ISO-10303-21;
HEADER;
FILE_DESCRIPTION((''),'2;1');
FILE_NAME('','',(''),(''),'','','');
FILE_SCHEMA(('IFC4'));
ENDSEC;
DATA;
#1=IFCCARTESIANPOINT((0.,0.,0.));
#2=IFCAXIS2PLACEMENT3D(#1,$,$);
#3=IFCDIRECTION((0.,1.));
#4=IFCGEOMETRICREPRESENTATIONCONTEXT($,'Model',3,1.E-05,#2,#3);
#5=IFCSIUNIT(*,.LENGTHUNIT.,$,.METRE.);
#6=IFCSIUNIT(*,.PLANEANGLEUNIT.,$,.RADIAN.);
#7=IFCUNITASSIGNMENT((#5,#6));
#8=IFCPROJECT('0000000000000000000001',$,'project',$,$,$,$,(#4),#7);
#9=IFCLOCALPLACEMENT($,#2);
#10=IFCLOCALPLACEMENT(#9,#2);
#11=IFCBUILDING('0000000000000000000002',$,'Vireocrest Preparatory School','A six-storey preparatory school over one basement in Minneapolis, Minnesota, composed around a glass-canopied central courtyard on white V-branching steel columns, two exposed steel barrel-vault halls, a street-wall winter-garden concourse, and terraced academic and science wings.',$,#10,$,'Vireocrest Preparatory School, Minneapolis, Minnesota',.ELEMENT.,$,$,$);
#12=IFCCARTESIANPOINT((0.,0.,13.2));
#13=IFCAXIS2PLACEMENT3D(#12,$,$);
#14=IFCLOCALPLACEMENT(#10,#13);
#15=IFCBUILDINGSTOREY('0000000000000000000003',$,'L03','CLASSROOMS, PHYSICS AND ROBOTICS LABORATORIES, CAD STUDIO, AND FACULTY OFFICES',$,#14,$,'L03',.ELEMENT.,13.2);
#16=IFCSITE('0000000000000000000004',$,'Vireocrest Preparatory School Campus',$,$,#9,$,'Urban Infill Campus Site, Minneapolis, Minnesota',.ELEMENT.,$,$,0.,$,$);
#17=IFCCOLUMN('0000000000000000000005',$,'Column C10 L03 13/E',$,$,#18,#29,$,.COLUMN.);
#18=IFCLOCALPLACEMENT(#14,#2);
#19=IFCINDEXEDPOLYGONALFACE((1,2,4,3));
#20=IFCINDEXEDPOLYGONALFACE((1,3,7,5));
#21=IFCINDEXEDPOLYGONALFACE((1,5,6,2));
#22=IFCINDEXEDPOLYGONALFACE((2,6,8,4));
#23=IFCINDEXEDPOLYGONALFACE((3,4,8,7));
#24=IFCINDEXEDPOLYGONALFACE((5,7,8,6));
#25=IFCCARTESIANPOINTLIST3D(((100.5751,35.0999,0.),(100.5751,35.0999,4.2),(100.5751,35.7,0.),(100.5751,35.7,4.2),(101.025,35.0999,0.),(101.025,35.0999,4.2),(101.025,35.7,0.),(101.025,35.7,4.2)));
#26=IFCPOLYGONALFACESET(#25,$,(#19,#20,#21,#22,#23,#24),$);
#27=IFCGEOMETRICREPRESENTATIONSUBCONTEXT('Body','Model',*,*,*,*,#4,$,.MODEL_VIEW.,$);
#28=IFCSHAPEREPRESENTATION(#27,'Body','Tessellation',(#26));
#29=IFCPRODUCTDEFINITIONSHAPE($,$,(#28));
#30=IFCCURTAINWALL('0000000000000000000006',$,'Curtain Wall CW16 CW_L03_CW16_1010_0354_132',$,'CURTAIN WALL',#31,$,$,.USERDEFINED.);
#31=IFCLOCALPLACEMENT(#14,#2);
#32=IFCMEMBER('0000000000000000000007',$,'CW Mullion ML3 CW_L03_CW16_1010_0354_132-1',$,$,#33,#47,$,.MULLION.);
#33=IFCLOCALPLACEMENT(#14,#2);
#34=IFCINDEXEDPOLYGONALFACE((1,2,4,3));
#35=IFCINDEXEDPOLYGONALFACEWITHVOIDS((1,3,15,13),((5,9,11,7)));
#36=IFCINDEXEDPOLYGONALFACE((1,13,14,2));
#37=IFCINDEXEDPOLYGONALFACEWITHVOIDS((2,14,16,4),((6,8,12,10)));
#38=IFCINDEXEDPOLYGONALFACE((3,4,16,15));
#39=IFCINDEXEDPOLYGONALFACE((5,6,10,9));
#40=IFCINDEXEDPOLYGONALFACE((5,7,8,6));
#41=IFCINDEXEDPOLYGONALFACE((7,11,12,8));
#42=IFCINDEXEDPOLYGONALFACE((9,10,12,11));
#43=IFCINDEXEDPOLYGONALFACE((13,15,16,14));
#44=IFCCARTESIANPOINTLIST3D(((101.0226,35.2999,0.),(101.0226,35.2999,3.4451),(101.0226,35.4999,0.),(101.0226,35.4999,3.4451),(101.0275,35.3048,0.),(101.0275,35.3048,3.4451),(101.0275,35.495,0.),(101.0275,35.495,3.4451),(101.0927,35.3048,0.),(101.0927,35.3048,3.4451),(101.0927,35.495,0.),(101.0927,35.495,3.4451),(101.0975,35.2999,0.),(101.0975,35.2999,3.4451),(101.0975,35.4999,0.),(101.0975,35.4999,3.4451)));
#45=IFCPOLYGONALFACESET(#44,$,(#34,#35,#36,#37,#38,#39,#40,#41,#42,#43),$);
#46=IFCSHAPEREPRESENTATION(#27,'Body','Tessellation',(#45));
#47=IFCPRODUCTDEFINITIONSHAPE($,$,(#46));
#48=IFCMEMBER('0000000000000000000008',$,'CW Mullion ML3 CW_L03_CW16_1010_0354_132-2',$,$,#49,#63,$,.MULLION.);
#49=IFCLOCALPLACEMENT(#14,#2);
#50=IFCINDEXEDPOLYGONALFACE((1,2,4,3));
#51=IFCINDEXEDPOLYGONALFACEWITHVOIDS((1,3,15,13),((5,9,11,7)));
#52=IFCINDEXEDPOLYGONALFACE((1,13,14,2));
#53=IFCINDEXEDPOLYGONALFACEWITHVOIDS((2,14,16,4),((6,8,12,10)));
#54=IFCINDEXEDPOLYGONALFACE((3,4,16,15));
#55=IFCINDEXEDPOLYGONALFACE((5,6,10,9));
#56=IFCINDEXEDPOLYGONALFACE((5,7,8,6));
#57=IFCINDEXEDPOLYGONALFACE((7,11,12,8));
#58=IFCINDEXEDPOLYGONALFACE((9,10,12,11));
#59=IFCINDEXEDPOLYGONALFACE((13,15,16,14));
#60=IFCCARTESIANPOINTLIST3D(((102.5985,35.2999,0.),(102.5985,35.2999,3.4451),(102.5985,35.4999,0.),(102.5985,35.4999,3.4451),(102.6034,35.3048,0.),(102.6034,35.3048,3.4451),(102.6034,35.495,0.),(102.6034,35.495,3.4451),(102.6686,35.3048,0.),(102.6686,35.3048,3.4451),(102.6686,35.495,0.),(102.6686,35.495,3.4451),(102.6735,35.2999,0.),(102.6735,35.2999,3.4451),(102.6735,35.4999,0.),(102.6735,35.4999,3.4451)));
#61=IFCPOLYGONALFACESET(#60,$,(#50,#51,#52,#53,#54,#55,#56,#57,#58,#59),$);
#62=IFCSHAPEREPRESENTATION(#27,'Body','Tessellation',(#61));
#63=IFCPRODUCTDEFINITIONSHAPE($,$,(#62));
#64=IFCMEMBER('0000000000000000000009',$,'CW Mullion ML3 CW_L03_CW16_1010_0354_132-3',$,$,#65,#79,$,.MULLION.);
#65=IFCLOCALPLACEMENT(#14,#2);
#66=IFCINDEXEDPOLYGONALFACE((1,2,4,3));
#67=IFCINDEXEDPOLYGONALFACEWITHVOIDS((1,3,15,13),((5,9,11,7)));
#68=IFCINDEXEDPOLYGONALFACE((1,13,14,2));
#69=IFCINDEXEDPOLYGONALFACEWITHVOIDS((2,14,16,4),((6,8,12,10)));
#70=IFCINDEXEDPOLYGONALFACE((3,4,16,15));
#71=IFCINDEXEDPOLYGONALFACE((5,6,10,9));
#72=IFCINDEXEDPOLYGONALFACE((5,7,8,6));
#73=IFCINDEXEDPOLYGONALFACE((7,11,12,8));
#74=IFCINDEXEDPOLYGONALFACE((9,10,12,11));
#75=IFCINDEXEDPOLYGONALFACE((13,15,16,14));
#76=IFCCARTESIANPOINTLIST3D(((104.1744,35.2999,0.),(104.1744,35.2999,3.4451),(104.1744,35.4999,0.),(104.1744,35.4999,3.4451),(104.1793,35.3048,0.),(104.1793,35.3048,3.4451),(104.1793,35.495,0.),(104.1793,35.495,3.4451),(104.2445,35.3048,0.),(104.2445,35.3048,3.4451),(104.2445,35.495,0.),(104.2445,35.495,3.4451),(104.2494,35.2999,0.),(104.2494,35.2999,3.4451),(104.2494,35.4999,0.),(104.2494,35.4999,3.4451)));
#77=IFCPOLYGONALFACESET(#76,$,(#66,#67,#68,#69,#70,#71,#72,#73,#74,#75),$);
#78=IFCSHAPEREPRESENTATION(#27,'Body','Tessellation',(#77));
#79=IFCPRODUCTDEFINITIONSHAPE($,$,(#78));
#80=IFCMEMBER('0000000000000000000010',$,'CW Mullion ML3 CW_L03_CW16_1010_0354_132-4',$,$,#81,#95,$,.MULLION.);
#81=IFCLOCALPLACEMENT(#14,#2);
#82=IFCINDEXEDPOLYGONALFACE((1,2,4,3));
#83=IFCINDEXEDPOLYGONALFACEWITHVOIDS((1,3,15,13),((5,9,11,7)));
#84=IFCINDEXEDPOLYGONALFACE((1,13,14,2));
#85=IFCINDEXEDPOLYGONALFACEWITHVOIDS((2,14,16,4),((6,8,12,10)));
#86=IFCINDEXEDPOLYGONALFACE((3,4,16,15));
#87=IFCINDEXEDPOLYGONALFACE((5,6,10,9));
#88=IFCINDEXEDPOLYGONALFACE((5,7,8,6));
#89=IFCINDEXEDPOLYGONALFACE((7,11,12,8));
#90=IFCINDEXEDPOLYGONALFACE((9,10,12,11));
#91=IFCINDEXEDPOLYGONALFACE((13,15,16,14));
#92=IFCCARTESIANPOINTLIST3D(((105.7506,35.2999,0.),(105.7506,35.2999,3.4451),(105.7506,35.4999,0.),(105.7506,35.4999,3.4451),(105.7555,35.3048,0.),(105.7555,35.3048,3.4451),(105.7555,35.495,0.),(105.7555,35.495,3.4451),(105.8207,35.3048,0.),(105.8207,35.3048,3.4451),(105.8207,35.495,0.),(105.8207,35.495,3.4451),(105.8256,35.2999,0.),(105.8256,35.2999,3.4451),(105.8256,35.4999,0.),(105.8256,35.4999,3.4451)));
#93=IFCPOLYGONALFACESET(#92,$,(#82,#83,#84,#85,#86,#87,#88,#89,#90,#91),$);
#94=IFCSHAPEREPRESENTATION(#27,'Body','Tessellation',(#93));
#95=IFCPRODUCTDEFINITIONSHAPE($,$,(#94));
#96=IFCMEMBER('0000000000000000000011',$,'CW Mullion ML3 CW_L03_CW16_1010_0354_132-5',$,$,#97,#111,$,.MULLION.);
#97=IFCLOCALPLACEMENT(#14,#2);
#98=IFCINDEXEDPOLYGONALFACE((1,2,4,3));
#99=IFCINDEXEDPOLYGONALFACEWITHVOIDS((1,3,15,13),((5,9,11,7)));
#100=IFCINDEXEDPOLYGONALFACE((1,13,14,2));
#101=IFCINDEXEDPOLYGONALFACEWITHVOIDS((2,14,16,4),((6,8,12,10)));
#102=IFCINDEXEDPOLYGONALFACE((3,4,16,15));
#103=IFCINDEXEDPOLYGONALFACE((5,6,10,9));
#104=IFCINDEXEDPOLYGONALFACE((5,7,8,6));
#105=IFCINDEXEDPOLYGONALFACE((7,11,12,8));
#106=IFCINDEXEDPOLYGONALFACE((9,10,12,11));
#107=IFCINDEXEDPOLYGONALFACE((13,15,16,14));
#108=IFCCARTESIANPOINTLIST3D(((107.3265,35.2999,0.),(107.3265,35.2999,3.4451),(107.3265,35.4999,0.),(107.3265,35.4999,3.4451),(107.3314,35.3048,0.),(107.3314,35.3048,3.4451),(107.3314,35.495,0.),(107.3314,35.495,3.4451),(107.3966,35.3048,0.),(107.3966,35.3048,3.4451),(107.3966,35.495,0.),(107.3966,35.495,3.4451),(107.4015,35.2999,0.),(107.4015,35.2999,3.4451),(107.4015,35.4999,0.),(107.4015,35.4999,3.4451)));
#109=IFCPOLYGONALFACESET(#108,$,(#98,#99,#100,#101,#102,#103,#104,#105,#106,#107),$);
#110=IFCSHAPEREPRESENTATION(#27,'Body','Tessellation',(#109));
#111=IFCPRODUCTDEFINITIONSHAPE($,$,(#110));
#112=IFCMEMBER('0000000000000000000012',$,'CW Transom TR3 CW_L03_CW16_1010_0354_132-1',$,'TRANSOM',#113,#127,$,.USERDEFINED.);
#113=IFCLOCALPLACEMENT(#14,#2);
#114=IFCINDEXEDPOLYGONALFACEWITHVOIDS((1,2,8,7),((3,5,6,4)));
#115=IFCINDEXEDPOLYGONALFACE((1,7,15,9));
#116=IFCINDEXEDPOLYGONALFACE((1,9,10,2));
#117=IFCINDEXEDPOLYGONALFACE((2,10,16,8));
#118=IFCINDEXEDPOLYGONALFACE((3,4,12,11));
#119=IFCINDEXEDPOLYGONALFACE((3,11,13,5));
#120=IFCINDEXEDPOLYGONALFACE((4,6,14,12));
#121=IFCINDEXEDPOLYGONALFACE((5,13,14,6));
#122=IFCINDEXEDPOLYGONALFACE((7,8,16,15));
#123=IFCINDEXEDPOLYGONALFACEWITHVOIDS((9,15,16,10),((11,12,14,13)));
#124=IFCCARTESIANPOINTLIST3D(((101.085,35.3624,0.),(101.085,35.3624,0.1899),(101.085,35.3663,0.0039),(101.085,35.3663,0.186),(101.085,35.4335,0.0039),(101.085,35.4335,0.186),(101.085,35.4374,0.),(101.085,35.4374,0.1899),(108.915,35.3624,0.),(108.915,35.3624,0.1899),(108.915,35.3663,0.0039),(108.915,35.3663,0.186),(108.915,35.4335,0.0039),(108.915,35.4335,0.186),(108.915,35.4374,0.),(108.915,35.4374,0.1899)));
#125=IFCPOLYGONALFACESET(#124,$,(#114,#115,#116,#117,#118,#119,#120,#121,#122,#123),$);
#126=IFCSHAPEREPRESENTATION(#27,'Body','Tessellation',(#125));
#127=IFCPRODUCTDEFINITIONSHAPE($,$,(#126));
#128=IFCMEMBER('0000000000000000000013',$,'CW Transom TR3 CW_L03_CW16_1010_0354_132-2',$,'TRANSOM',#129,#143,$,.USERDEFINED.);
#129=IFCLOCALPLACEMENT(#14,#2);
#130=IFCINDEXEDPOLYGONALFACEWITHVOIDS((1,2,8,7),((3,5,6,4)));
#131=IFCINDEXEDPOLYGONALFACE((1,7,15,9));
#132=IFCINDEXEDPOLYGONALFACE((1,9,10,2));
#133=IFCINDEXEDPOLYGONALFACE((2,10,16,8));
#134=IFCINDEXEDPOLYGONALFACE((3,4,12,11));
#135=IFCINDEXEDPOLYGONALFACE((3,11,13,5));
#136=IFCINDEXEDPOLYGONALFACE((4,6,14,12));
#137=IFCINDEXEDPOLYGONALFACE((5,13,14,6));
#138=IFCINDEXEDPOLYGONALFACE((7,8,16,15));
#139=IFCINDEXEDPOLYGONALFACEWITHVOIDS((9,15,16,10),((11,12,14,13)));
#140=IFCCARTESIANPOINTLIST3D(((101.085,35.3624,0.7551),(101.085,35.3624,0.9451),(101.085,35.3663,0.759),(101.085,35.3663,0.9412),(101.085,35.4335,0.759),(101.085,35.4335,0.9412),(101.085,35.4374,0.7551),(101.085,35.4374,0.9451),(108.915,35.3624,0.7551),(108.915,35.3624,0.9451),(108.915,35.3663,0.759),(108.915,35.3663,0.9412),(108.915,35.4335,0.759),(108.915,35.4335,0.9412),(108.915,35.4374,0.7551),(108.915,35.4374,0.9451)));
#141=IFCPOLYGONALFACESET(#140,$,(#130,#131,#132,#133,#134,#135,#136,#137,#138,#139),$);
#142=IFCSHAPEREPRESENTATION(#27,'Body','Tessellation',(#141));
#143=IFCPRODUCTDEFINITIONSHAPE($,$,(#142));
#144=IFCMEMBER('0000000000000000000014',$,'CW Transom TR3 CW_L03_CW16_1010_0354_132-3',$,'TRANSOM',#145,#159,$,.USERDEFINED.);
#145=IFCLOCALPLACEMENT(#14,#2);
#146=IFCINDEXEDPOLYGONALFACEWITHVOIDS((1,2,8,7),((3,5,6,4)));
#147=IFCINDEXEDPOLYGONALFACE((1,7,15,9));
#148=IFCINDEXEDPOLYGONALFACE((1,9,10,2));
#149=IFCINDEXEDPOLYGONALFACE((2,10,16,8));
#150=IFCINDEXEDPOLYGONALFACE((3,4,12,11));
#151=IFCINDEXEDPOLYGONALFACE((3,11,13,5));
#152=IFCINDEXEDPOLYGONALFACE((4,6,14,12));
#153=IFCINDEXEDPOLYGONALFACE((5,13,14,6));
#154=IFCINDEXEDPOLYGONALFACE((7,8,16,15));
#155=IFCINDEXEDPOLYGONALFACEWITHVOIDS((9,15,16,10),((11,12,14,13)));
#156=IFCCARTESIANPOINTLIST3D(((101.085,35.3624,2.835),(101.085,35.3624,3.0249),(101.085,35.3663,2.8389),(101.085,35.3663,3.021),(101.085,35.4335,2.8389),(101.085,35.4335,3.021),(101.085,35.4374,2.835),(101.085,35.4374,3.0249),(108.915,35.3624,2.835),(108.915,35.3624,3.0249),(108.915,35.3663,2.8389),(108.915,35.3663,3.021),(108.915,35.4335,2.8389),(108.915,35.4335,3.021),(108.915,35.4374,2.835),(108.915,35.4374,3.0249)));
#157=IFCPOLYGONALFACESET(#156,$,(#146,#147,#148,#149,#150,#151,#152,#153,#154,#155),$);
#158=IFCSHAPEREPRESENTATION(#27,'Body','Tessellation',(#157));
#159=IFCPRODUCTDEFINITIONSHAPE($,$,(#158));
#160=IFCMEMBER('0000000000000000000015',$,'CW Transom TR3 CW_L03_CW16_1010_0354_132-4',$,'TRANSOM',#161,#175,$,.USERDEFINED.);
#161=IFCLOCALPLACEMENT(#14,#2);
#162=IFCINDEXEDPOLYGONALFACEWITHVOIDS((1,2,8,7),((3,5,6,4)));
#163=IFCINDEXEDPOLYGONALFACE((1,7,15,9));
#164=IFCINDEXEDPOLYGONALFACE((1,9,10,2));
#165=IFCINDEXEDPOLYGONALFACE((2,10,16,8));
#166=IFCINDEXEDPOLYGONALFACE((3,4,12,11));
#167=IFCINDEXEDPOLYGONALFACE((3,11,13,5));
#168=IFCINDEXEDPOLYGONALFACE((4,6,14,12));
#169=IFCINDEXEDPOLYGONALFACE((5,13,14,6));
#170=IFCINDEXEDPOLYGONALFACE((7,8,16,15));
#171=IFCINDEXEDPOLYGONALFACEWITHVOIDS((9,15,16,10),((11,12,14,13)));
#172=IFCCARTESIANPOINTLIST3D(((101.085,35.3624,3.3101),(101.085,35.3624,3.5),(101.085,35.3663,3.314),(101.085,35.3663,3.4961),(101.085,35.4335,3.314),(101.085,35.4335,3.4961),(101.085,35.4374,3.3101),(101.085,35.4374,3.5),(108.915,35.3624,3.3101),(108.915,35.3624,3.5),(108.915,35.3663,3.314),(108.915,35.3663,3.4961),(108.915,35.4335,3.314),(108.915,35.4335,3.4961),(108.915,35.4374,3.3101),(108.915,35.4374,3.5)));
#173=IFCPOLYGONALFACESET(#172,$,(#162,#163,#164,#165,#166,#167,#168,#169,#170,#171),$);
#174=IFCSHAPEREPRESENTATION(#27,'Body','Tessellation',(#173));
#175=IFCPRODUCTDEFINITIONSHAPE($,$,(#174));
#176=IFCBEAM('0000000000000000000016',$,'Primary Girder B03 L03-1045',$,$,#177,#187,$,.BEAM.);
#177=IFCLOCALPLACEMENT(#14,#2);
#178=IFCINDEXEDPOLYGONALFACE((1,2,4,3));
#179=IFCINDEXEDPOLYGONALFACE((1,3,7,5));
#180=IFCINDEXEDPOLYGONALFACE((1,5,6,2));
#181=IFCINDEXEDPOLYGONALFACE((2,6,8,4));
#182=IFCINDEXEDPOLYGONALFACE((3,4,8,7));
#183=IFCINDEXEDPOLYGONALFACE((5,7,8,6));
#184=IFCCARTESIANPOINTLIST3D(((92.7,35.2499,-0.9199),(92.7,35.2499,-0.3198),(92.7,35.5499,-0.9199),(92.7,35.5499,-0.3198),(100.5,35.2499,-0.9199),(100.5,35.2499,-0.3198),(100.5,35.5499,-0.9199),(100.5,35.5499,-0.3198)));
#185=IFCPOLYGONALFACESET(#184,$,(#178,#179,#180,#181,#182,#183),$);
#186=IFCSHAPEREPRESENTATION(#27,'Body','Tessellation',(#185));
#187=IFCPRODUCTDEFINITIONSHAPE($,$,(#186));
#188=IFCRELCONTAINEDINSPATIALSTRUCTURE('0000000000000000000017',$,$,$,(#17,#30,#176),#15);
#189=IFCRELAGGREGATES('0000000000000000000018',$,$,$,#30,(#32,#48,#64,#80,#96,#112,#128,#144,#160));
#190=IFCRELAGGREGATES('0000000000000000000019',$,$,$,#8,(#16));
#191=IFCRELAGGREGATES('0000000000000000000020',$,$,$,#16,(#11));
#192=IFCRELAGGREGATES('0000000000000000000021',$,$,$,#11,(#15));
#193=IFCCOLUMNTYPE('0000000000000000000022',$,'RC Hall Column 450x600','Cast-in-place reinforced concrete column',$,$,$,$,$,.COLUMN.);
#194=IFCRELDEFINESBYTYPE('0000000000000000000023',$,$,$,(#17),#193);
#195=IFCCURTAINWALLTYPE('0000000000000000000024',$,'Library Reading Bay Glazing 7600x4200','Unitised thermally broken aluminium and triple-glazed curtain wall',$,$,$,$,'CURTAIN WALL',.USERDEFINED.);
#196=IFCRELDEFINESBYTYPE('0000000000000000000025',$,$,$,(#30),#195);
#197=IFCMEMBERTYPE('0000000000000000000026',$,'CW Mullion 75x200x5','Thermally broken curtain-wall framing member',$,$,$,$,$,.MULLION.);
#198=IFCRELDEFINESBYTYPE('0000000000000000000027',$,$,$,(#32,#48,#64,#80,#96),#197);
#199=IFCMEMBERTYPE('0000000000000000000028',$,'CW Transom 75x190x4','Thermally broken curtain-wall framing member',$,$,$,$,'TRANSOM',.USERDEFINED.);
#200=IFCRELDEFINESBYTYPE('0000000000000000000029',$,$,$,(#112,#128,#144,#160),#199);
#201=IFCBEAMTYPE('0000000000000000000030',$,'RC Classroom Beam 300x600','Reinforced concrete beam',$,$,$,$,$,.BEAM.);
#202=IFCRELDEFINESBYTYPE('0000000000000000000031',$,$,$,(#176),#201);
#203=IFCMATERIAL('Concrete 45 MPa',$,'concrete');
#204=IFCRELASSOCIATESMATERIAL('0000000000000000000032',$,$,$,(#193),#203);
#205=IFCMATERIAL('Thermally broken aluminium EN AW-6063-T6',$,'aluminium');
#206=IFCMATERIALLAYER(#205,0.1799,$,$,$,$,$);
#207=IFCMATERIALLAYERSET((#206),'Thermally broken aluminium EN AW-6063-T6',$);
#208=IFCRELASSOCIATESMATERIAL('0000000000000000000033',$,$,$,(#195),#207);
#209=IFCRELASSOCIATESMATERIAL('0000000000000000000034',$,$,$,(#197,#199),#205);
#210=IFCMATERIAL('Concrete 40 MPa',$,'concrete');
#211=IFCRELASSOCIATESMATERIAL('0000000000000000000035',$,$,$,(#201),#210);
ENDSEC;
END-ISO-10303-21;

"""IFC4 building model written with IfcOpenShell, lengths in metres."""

from ifc_helpers import new_model, si_unit, direction, frame, origin, origin_2d, place, context, subcontext, project, spatial, rectangle, hollow_rectangle, extrude, material, layer, layer_set, material_profile, profile_set, type_object, element, aggregate, save


model = new_model("IFC4")

# Units and contexts
model_context = context("Model", 3, precision=1e-05, world=origin(), true_north=direction((0.0, 1.0)))
body_context = subcontext(model_context, "Body", "Model", "MODEL_VIEW")
ifc_project = project(units=[si_unit("LENGTHUNIT", "METRE"), si_unit("PLANEANGLEUNIT", "RADIAN")], contexts=[model_context])

# Site, building, storey
site_placement = place(None, origin())
site = spatial("IfcSite", under=ifc_project, at=site_placement, Name="Vireocrest Preparatory School Campus", LongName="Urban Infill Campus Site, Minneapolis, Minnesota", CompositionType="ELEMENT", RefElevation=0.0)
building_placement = place(site_placement, origin())
building = spatial("IfcBuilding", under=site, at=building_placement, Name="Vireocrest Preparatory School", Description="A six-storey preparatory school over one basement in Minneapolis, Minnesota, composed around a glass-canopied central courtyard on white V-branching steel columns, two exposed steel barrel-vault halls, a street-wall winter-garden concourse, and terraced academic and science wings.", LongName="Vireocrest Preparatory School, Minneapolis, Minnesota", CompositionType="ELEMENT")
storey_placement = place(building_placement, frame((0.0, 0.0, 13.2)))
storey = spatial("IfcBuildingStorey", under=building, at=storey_placement, Name="L03", Description="CLASSROOMS, PHYSICS AND ROBOTICS LABORATORIES, CAD STUDIO, AND FACULTY OFFICES", LongName="L03", CompositionType="ELEMENT", Elevation=13.2)

# Column
ifc_material_1 = material(Name="Concrete 45 MPa", Category="concrete")
ifc_material_profile_1 = material_profile(ifc_material_1, rectangle(XDim=0.45, YDim=0.6001, at=origin_2d()), Name="RC 450x600")
ifc_profile_set_1 = profile_set([ifc_material_profile_1], Name="Concrete 45 MPa")
column_type = type_object("IfcColumnType", Name="RC Hall Column 450x600", Description="Cast-in-place reinforced concrete column", PredefinedType="COLUMN", material=ifc_profile_set_1)
column_placement = place(storey_placement, frame((100.8, 35.3999, 0.0), z_axis=(0.0, 0.0, 1.0), x_axis=(1.0, 0.0, 0.0)))
element("IfcColumn", 1, at=column_placement, inside=storey, type_object=column_type, Name="Column C10 L03 13/E", PredefinedType="COLUMN", context=body_context, shape_type="SweptSolid", body=[
    extrude(rectangle(XDim=0.45, YDim=0.6001, at=origin_2d()), origin(), (0.0, 0.0, 1.0), 4.2),
])

# Curtain wall, members
ifc_material_2 = material(Name="Thermally broken aluminium EN AW-6063-T6", Category="aluminium")
ifc_layer_1 = layer(ifc_material_2, 0.1799)
ifc_layer_set_1 = layer_set([ifc_layer_1], Name="Thermally broken aluminium EN AW-6063-T6")
curtain_wall_type = type_object("IfcCurtainWallType", Name="Library Reading Bay Glazing 7600x4200", Description="Unitised thermally broken aluminium and triple-glazed curtain wall", ElementType="CURTAIN WALL", PredefinedType="USERDEFINED", material=ifc_layer_set_1)
curtain_wall_placement = place(storey_placement, origin())
curtain_wall = element("IfcCurtainWall", 2, at=curtain_wall_placement, inside=storey, type_object=curtain_wall_type, Name="Curtain Wall CW16 CW_L03_CW16_1010_0354_132", ObjectType="CURTAIN WALL", PredefinedType="USERDEFINED")
ifc_material_profile_2 = material_profile(ifc_material_2, hollow_rectangle(XDim=0.075, YDim=0.2, WallThickness=0.0049, at=origin_2d()), Name="ALU 75x200x5")
ifc_profile_set_2 = profile_set([ifc_material_profile_2], Name="Thermally broken aluminium EN AW-6063-T6")
member_type_1 = type_object("IfcMemberType", Name="CW Mullion 75x200x5", Description="Thermally broken curtain-wall framing member", PredefinedType="MULLION", material=ifc_profile_set_2)
member_1_placement = place(storey_placement, frame((101.0601, 35.3999, 0.0), z_axis=(0.0, 0.0, 1.0), x_axis=(1.0, 0.0, 0.0)))
member_1 = element("IfcMember", 3, at=member_1_placement, type_object=member_type_1, Name="CW Mullion ML3 CW_L03_CW16_1010_0354_132-1", PredefinedType="MULLION", context=body_context, shape_type="SweptSolid", body=[
    extrude(hollow_rectangle(XDim=0.075, YDim=0.2, WallThickness=0.0049, at=origin_2d()), origin(), (0.0, 0.0, 1.0), 3.4451),
])
member_2_placement = place(storey_placement, frame((102.636, 35.3999, 0.0), z_axis=(0.0, 0.0, 1.0), x_axis=(1.0, 0.0, 0.0)))
member_2 = element("IfcMember", 4, at=member_2_placement, type_object=member_type_1, Name="CW Mullion ML3 CW_L03_CW16_1010_0354_132-2", PredefinedType="MULLION", context=body_context, shape_type="SweptSolid", body=[
    extrude(hollow_rectangle(XDim=0.075, YDim=0.2, WallThickness=0.0049, at=origin_2d()), origin(), (0.0, 0.0, 1.0), 3.4451),
])
member_3_placement = place(storey_placement, frame((104.2119, 35.3999, 0.0), z_axis=(0.0, 0.0, 1.0), x_axis=(1.0, 0.0, 0.0)))
member_3 = element("IfcMember", 5, at=member_3_placement, type_object=member_type_1, Name="CW Mullion ML3 CW_L03_CW16_1010_0354_132-3", PredefinedType="MULLION", context=body_context, shape_type="SweptSolid", body=[
    extrude(hollow_rectangle(XDim=0.075, YDim=0.2, WallThickness=0.0049, at=origin_2d()), origin(), (0.0, 0.0, 1.0), 3.4451),
])
member_4_placement = place(storey_placement, frame((105.7881, 35.3999, 0.0), z_axis=(0.0, 0.0, 1.0), x_axis=(1.0, 0.0, 0.0)))
member_4 = element("IfcMember", 6, at=member_4_placement, type_object=member_type_1, Name="CW Mullion ML3 CW_L03_CW16_1010_0354_132-4", PredefinedType="MULLION", context=body_context, shape_type="SweptSolid", body=[
    extrude(hollow_rectangle(XDim=0.075, YDim=0.2, WallThickness=0.0049, at=origin_2d()), origin(), (0.0, 0.0, 1.0), 3.4451),
])
member_5_placement = place(storey_placement, frame((107.364, 35.3999, 0.0), z_axis=(0.0, 0.0, 1.0), x_axis=(1.0, 0.0, 0.0)))
member_5 = element("IfcMember", 7, at=member_5_placement, type_object=member_type_1, Name="CW Mullion ML3 CW_L03_CW16_1010_0354_132-5", PredefinedType="MULLION", context=body_context, shape_type="SweptSolid", body=[
    extrude(hollow_rectangle(XDim=0.075, YDim=0.2, WallThickness=0.0049, at=origin_2d()), origin(), (0.0, 0.0, 1.0), 3.4451),
])
ifc_material_profile_3 = material_profile(ifc_material_2, hollow_rectangle(XDim=0.075, YDim=0.1899, WallThickness=0.0039, at=origin_2d()), Name="ALU 75x190x4")
ifc_profile_set_3 = profile_set([ifc_material_profile_3], Name="Thermally broken aluminium EN AW-6063-T6")
member_type_2 = type_object("IfcMemberType", Name="CW Transom 75x190x4", Description="Thermally broken curtain-wall framing member", ElementType="TRANSOM", PredefinedType="USERDEFINED", material=ifc_profile_set_3)
member_6_placement = place(storey_placement, frame((101.085, 35.3999, 0.095), z_axis=(1.0, 0.0, 0.0), x_axis=(0.0, 1.0, 0.0)))
member_6 = element("IfcMember", 8, at=member_6_placement, type_object=member_type_2, Name="CW Transom TR3 CW_L03_CW16_1010_0354_132-1", ObjectType="TRANSOM", PredefinedType="USERDEFINED", context=body_context, shape_type="SweptSolid", body=[
    extrude(hollow_rectangle(XDim=0.075, YDim=0.1899, WallThickness=0.0039, at=origin_2d()), origin(), (0.0, 0.0, 1.0), 7.8301),
])
member_7_placement = place(storey_placement, frame((101.085, 35.3999, 0.8501), z_axis=(1.0, 0.0, 0.0), x_axis=(0.0, 1.0, 0.0)))
member_7 = element("IfcMember", 9, at=member_7_placement, type_object=member_type_2, Name="CW Transom TR3 CW_L03_CW16_1010_0354_132-2", ObjectType="TRANSOM", PredefinedType="USERDEFINED", context=body_context, shape_type="SweptSolid", body=[
    extrude(hollow_rectangle(XDim=0.075, YDim=0.1899, WallThickness=0.0039, at=origin_2d()), origin(), (0.0, 0.0, 1.0), 7.8301),
])
member_8_placement = place(storey_placement, frame((101.085, 35.3999, 2.9299), z_axis=(1.0, 0.0, 0.0), x_axis=(0.0, 1.0, 0.0)))
member_8 = element("IfcMember", 10, at=member_8_placement, type_object=member_type_2, Name="CW Transom TR3 CW_L03_CW16_1010_0354_132-3", ObjectType="TRANSOM", PredefinedType="USERDEFINED", context=body_context, shape_type="SweptSolid", body=[
    extrude(hollow_rectangle(XDim=0.075, YDim=0.1899, WallThickness=0.0039, at=origin_2d()), origin(), (0.0, 0.0, 1.0), 7.8301),
])
member_9_placement = place(storey_placement, frame((101.085, 35.3999, 3.405), z_axis=(1.0, 0.0, 0.0), x_axis=(0.0, 1.0, 0.0)))
member_9 = element("IfcMember", 11, at=member_9_placement, type_object=member_type_2, Name="CW Transom TR3 CW_L03_CW16_1010_0354_132-4", ObjectType="TRANSOM", PredefinedType="USERDEFINED", context=body_context, shape_type="SweptSolid", body=[
    extrude(hollow_rectangle(XDim=0.075, YDim=0.1899, WallThickness=0.0039, at=origin_2d()), origin(), (0.0, 0.0, 1.0), 7.8301),
])

# Beam
ifc_material_3 = material(Name="Concrete 40 MPa", Category="concrete")
ifc_material_profile_4 = material_profile(ifc_material_3, rectangle(XDim=0.3, YDim=0.6001, at=origin_2d()), Name="RC 300x600")
ifc_profile_set_4 = profile_set([ifc_material_profile_4], Name="Concrete 40 MPa")
beam_type_1 = type_object("IfcBeamType", Name="RC Classroom Beam 300x600", Description="Reinforced concrete beam", PredefinedType="BEAM", material=ifc_profile_set_4)
beam_1_placement = place(storey_placement, frame((92.7, 35.3999, -0.6199), z_axis=(1.0, 0.0, 0.0), x_axis=(0.0, 1.0, 0.0)))
element("IfcBeam", 12, at=beam_1_placement, inside=storey, type_object=beam_type_1, Name="Primary Girder B03 L03-1045", PredefinedType="BEAM", context=body_context, shape_type="SweptSolid", body=[
    extrude(rectangle(XDim=0.3, YDim=0.6001, at=origin_2d()), origin(), (0.0, 0.0, 1.0), 7.8),
])

aggregate(curtain_wall, [member_1, member_2, member_3, member_4, member_5, member_6, member_7, member_8, member_9])

save(model, "model.ifc")
